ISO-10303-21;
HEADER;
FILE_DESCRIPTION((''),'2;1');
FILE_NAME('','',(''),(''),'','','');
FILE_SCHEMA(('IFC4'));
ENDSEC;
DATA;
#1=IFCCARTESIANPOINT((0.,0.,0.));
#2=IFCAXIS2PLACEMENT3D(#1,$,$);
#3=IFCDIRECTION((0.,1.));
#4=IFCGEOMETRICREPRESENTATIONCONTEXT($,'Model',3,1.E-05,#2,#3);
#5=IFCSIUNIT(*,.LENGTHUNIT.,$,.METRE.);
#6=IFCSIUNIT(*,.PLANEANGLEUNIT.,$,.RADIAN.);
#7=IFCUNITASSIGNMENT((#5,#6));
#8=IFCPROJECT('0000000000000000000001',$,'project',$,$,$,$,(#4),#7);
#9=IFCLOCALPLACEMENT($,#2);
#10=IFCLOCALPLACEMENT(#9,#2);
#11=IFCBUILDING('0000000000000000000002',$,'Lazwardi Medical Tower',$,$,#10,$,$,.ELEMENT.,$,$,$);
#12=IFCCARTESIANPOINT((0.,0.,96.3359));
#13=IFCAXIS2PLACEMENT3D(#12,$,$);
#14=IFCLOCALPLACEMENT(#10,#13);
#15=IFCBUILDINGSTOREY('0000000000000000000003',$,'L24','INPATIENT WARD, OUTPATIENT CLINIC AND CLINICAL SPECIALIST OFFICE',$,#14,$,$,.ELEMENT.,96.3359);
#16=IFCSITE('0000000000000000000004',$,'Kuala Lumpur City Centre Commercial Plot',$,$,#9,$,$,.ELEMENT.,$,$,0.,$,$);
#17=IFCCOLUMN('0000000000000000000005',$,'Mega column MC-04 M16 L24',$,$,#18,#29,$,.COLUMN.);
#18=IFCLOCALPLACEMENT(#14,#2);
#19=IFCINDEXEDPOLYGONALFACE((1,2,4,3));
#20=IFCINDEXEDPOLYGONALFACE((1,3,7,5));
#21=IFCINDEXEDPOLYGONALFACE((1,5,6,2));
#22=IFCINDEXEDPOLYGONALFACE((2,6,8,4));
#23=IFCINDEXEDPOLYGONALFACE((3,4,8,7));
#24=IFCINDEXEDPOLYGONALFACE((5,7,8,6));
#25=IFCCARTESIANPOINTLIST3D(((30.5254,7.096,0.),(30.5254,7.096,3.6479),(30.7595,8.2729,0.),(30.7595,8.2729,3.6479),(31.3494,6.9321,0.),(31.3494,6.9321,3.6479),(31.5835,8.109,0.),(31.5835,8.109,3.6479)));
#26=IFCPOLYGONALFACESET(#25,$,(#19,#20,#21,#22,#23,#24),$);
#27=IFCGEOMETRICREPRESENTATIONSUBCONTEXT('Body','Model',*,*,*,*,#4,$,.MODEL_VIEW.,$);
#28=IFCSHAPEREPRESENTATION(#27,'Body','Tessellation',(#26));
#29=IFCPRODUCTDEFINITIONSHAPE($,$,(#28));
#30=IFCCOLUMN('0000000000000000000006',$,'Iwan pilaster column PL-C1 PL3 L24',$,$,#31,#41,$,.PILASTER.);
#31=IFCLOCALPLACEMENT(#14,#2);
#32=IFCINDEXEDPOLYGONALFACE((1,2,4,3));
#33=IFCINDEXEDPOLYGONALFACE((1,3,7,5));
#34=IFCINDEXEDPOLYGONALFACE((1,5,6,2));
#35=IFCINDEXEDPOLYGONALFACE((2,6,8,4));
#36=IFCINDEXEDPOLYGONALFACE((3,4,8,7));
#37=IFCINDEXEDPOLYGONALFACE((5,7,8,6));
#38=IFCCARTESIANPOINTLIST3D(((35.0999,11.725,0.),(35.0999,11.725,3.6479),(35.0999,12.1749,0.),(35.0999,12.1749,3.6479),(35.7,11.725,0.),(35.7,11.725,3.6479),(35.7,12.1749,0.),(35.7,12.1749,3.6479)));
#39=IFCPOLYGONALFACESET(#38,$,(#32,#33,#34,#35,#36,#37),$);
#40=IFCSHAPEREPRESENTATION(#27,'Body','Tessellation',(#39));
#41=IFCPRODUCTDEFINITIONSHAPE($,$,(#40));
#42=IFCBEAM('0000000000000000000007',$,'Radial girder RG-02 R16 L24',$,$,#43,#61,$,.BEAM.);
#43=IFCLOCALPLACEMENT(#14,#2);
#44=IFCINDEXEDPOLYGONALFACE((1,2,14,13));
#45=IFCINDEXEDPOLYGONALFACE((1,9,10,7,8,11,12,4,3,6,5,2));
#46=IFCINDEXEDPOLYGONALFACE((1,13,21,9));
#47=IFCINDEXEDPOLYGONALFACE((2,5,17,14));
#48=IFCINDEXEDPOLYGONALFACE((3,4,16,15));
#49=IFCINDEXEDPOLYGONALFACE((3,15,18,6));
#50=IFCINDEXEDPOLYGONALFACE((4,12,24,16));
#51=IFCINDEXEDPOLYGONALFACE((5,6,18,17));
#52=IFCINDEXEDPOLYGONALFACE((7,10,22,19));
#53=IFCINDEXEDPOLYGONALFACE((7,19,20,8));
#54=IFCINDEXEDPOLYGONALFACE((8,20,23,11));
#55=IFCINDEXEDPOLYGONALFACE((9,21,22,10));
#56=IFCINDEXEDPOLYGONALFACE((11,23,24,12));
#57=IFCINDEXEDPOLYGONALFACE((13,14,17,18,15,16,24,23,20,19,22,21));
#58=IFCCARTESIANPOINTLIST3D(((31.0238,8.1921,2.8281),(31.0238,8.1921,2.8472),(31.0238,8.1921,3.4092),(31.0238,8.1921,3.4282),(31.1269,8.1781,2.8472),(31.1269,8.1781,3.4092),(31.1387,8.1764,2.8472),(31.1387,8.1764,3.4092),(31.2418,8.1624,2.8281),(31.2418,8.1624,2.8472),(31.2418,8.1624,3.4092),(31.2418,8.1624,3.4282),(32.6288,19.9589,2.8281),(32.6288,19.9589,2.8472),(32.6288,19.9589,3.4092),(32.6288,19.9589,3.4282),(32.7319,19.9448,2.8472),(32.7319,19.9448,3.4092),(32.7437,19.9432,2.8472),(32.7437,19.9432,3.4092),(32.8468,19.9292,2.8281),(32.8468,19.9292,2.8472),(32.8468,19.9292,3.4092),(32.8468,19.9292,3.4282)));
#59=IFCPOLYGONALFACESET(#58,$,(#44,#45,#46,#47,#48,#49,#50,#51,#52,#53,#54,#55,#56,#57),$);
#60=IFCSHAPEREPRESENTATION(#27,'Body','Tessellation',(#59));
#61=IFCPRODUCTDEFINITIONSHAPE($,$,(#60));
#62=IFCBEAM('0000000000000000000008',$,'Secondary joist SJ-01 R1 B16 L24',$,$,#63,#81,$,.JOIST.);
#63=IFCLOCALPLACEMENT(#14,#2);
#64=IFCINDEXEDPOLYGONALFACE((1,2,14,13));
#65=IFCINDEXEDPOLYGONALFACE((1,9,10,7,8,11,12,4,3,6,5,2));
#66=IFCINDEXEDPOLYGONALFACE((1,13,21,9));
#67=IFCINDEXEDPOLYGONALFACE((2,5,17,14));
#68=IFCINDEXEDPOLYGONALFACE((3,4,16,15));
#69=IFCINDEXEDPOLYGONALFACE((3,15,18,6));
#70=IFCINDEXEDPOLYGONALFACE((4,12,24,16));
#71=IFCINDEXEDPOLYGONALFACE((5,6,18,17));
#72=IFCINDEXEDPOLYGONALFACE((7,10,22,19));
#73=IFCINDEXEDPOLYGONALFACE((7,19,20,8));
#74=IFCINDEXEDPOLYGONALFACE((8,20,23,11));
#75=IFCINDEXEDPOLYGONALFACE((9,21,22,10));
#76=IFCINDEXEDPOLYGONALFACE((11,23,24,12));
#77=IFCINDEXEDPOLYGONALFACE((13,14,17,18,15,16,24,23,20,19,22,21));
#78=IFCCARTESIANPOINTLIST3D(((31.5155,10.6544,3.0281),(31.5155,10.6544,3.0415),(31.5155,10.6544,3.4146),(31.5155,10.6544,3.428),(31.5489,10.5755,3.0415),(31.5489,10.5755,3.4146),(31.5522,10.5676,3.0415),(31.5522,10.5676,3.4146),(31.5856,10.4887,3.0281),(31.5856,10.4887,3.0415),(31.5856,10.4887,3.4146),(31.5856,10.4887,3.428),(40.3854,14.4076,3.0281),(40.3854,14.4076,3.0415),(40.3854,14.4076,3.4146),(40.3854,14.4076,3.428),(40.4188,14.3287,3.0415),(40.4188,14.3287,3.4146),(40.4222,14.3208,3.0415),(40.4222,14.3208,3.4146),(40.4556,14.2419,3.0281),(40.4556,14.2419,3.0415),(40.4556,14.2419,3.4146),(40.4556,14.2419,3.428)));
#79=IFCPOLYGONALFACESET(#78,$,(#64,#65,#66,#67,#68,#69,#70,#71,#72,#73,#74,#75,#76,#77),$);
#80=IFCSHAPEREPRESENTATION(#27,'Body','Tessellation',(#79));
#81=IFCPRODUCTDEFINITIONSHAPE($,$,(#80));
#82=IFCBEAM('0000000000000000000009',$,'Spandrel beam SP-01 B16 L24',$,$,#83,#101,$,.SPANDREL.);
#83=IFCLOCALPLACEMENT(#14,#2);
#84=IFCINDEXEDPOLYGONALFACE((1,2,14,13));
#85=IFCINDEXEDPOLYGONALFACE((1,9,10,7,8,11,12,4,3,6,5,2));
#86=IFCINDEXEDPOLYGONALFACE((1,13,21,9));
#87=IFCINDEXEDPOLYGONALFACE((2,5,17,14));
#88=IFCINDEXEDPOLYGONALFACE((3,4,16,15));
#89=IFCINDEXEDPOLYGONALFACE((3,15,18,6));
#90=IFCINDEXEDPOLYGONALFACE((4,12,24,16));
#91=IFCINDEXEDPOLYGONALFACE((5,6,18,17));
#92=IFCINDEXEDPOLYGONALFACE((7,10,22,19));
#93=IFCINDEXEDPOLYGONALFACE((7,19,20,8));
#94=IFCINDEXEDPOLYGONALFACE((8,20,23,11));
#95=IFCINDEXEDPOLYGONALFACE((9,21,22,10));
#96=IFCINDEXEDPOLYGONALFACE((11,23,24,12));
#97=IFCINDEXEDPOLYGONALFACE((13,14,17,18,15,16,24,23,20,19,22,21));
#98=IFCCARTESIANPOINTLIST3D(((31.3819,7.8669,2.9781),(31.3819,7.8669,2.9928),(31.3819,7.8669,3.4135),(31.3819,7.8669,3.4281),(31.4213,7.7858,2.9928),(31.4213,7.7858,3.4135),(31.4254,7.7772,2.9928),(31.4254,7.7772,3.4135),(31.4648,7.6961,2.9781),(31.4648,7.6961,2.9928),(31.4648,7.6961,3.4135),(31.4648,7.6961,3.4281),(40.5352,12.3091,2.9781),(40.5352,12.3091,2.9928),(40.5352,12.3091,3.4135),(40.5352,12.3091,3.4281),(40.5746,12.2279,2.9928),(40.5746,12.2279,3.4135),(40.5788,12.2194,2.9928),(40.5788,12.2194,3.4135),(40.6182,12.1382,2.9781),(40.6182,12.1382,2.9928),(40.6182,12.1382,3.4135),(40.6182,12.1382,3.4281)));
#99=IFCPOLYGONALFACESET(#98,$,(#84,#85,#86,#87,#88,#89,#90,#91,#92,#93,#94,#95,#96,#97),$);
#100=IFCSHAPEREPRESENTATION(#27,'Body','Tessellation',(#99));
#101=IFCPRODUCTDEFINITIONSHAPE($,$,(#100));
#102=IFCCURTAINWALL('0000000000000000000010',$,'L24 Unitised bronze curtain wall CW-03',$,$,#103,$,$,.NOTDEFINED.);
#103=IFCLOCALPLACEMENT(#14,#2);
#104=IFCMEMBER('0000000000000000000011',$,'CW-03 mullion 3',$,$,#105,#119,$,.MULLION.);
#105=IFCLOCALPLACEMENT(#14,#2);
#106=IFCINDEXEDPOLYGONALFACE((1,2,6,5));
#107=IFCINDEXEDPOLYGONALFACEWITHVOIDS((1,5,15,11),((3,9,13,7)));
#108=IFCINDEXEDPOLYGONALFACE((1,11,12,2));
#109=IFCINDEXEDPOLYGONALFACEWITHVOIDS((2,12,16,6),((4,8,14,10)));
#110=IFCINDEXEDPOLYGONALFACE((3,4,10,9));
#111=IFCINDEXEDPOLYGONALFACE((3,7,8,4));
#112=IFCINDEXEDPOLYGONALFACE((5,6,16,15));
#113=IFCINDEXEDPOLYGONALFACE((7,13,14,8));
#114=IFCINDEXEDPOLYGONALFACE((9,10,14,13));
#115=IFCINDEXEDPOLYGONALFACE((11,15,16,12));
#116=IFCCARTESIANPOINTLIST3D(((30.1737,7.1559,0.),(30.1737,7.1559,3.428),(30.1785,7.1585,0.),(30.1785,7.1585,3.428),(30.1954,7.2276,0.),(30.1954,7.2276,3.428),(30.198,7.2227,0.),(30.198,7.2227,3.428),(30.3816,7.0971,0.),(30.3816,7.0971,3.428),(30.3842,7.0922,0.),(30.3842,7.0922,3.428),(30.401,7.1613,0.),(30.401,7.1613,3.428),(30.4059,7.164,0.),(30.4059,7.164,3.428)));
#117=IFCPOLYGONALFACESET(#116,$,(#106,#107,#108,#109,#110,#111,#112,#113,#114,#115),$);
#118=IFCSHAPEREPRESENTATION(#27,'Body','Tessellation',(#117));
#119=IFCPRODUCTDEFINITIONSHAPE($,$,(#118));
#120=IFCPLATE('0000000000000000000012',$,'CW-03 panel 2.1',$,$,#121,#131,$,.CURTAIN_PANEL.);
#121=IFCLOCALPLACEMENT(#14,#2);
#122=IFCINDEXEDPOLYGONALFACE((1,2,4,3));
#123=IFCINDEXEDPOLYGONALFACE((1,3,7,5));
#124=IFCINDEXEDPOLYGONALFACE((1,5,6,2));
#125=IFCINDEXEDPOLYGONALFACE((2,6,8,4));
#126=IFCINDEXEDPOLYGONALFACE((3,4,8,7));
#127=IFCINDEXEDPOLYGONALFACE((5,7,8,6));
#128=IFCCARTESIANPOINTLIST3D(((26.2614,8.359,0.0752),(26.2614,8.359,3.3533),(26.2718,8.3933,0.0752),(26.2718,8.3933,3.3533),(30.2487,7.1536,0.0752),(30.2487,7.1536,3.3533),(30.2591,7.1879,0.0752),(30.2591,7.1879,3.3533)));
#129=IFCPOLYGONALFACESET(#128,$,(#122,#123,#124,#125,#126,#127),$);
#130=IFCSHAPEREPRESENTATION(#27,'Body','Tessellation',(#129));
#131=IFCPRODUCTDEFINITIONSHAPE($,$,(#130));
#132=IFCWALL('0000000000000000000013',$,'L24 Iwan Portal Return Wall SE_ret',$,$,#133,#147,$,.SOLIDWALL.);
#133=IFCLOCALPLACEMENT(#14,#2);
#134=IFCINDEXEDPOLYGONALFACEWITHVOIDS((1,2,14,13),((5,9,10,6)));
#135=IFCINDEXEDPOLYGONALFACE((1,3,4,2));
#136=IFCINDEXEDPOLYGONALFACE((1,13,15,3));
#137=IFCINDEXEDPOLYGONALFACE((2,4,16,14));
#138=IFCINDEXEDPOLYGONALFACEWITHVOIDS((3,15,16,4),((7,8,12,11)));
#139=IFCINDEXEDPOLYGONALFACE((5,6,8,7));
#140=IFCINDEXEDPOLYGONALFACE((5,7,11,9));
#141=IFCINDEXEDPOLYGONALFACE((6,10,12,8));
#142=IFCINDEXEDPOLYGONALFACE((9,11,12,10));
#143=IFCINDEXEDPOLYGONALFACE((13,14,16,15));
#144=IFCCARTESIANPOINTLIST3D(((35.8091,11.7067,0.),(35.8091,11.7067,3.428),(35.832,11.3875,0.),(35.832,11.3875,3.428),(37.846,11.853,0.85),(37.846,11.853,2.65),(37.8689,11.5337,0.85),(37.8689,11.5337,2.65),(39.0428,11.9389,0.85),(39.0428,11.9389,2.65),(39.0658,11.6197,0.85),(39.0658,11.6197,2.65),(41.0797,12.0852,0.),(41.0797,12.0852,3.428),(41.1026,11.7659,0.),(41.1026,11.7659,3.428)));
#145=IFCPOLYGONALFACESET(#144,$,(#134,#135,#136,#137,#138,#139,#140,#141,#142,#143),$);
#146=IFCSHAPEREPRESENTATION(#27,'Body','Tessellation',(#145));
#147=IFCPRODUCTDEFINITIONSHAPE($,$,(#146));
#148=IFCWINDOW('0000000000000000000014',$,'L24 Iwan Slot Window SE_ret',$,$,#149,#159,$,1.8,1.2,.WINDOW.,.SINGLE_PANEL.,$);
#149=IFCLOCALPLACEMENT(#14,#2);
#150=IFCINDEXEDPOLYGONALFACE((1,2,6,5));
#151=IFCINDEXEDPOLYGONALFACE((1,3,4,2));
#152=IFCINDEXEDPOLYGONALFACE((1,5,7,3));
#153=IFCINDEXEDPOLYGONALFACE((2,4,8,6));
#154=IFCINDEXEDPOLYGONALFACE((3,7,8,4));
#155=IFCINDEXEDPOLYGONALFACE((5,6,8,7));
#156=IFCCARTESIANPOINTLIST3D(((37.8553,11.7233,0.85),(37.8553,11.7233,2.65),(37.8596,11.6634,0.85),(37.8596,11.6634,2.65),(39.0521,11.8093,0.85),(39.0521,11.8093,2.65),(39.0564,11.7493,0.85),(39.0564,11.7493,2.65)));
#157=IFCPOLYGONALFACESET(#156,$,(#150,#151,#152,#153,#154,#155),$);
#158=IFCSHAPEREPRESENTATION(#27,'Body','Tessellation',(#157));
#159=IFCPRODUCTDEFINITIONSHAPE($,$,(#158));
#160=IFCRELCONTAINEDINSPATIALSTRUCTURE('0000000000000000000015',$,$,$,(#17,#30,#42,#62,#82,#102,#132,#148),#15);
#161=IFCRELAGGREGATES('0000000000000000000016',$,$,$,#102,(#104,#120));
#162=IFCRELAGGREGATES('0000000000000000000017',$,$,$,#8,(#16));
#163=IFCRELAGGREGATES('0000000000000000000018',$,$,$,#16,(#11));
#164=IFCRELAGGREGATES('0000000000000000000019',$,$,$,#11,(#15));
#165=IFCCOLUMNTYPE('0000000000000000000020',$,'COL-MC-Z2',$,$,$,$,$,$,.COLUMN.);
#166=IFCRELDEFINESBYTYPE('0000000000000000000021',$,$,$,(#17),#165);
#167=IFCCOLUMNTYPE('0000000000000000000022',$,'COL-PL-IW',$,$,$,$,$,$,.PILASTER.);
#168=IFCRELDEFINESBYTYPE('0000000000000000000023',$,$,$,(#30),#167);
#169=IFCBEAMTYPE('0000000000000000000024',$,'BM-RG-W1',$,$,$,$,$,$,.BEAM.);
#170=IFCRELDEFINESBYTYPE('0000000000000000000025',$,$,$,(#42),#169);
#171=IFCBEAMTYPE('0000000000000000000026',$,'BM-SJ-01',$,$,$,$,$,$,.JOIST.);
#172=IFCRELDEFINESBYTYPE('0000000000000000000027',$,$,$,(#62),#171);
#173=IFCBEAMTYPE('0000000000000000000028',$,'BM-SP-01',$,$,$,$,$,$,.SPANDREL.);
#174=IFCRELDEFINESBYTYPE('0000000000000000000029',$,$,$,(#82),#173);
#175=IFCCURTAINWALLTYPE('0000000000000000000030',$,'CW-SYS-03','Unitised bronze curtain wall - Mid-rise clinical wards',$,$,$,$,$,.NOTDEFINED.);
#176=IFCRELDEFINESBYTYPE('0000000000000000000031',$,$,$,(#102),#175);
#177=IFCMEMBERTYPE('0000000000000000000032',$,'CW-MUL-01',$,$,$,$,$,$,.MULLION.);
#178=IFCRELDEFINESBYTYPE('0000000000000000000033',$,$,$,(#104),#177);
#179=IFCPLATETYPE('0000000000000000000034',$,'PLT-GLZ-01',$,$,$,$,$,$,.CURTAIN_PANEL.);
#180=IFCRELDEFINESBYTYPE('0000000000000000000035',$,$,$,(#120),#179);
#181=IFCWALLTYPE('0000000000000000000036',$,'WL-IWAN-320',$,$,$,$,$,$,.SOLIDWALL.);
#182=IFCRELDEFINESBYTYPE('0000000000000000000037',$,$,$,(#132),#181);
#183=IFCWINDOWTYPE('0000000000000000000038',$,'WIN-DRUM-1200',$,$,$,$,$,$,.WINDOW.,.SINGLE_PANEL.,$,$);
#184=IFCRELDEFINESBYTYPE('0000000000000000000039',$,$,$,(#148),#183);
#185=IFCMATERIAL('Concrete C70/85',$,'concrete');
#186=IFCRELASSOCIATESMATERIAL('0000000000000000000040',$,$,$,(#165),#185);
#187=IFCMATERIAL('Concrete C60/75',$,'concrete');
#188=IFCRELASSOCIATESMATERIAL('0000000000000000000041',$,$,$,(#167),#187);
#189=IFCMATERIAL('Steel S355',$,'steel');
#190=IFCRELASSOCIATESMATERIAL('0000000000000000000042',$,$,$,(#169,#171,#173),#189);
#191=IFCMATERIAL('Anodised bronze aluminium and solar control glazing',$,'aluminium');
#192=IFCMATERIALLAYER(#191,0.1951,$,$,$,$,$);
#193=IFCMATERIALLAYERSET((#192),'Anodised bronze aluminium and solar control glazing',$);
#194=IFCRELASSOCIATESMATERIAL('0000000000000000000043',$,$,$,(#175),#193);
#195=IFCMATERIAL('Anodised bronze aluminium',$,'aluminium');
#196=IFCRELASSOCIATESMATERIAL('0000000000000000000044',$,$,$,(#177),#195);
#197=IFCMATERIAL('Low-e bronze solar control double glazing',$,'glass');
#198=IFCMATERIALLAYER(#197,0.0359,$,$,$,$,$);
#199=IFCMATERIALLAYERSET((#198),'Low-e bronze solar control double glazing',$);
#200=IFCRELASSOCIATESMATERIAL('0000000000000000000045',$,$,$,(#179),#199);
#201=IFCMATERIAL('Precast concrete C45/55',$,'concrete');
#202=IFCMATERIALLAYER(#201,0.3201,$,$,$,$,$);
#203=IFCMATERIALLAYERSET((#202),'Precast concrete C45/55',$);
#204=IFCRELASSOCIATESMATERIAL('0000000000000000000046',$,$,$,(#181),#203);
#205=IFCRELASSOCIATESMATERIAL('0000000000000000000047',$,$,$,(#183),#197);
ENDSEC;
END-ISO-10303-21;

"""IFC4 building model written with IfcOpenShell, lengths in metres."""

from ifc_helpers import new_model, si_unit, direction, frame, frame_2d, origin, origin_2d, place, context, subcontext, project, spatial, rectangle, hollow_rectangle, i_section, extrude, material, layer, layer_set, material_profile, profile_set, type_object, element, fill, aggregate, save


model = new_model("IFC4")

# Units and contexts
model_context = context("Model", 3, precision=1e-05, world=origin(), true_north=direction((0.0, 1.0)))
body_context = subcontext(model_context, "Body", "Model", "MODEL_VIEW")
ifc_project = project(units=[si_unit("LENGTHUNIT", "METRE"), si_unit("PLANEANGLEUNIT", "RADIAN")], contexts=[model_context])

# Site, building, storey
site_placement = place(None, origin())
site = spatial("IfcSite", under=ifc_project, at=site_placement, Name="Kuala Lumpur City Centre Commercial Plot", CompositionType="ELEMENT", RefElevation=0.0)
building_placement = place(site_placement, origin())
building = spatial("IfcBuilding", under=site, at=building_placement, Name="Lazwardi Medical Tower", CompositionType="ELEMENT")
storey_placement = place(building_placement, frame((0.0, 0.0, 96.3359)))
storey = spatial("IfcBuildingStorey", under=building, at=storey_placement, Name="L24", Description="INPATIENT WARD, OUTPATIENT CLINIC AND CLINICAL SPECIALIST OFFICE", CompositionType="ELEMENT", Elevation=96.3359)

# Columns
ifc_material_1 = material(Name="Concrete C70/85", Category="concrete")
ifc_material_profile_1 = material_profile(ifc_material_1, rectangle(XDim=1.2, YDim=0.8401, at=origin_2d()), Name="CFT-RECT 1200x840")
ifc_profile_set_1 = profile_set([ifc_material_profile_1], Name="Concrete C70/85")
column_type_1 = type_object("IfcColumnType", Name="COL-MC-Z2", PredefinedType="COLUMN", material=ifc_profile_set_1)
column_1_placement = place(storey_placement, frame((31.0544, 7.6025, 0.0), z_axis=(0.0, 0.0, 1.0), x_axis=(-0.19509, -0.980785, 0.0)))
element("IfcColumn", 1, at=column_1_placement, inside=storey, type_object=column_type_1, Name="Mega column MC-04 M16 L24", PredefinedType="COLUMN", context=body_context, shape_type="SweptSolid", body=[
    extrude(rectangle(XDim=1.2, YDim=0.8401, at=origin_2d()), origin(), (0.0, 0.0, 1.0), 3.6479),
])
ifc_material_2 = material(Name="Concrete C60/75", Category="concrete")
ifc_material_profile_2 = material_profile(ifc_material_2, rectangle(XDim=0.6001, YDim=0.45, at=origin_2d()), Name="RC 600x450")
ifc_profile_set_2 = profile_set([ifc_material_profile_2], Name="Concrete C60/75")
column_type_2 = type_object("IfcColumnType", Name="COL-PL-IW", PredefinedType="PILASTER", material=ifc_profile_set_2)
column_2_placement = place(storey_placement, frame((35.3999, 11.95, 0.0), z_axis=(0.0, 0.0, 1.0), x_axis=(1.0, 0.0, 0.0)))
element("IfcColumn", 2, at=column_2_placement, inside=storey, type_object=column_type_2, Name="Iwan pilaster column PL-C1 PL3 L24", PredefinedType="PILASTER", context=body_context, shape_type="SweptSolid", body=[
    extrude(rectangle(XDim=0.6001, YDim=0.45, at=origin_2d()), origin(), (0.0, 0.0, 1.0), 3.6479),
])

# Beams
ifc_material_3 = material(Name="Steel S355", Category="steel")
ifc_material_profile_3 = material_profile(ifc_material_3, i_section(OverallWidth=0.22, OverallDepth=0.6001, WebThickness=0.012, FlangeThickness=0.019, at=origin_2d()), Name="IPE 600")
ifc_profile_set_3 = profile_set([ifc_material_profile_3], Name="Steel S355")
beam_type_1 = type_object("IfcBeamType", Name="BM-RG-W1", PredefinedType="BEAM", material=ifc_profile_set_3)
beam_1_placement = place(storey_placement, frame((31.1328, 8.1772, 3.1282), z_axis=(0.135147, 0.990826, 0.0), x_axis=(-0.990826, 0.135147, 0.0)))
element("IfcBeam", 3, at=beam_1_placement, inside=storey, type_object=beam_type_1, Name="Radial girder RG-02 R16 L24", PredefinedType="BEAM", context=body_context, shape_type="SweptSolid", body=[
    extrude(i_section(OverallWidth=0.22, OverallDepth=0.6001, WebThickness=0.012, FlangeThickness=0.019, at=origin_2d()), origin(), (0.0, 0.0, 1.0), 11.8757),
])
ifc_material_profile_4 = material_profile(ifc_material_3, i_section(OverallWidth=0.1799, OverallDepth=0.3999, WebThickness=0.0085, FlangeThickness=0.0134, at=origin_2d()), Name="IPE 400")
ifc_profile_set_4 = profile_set([ifc_material_profile_4], Name="Steel S355")
beam_type_2 = type_object("IfcBeamType", Name="BM-SJ-01", PredefinedType="JOIST", material=ifc_profile_set_4)
beam_2_placement = place(storey_placement, frame((31.5505, 10.5715, 3.228), z_axis=(0.920947, 0.389687, 0.0), x_axis=(-0.389687, 0.920947, 0.0)))
element("IfcBeam", 4, at=beam_2_placement, inside=storey, type_object=beam_type_2, Name="Secondary joist SJ-01 R1 B16 L24", PredefinedType="JOIST", context=body_context, shape_type="SweptSolid", body=[
    extrude(i_section(OverallWidth=0.1799, OverallDepth=0.3999, WebThickness=0.0085, FlangeThickness=0.0134, at=origin_2d()), origin(), (0.0, 0.0, 1.0), 9.6313),
])
ifc_material_profile_5 = material_profile(ifc_material_3, i_section(OverallWidth=0.1899, OverallDepth=0.45, WebThickness=0.0095, FlangeThickness=0.0146, at=origin_2d()), Name="IPE 450")
ifc_profile_set_5 = profile_set([ifc_material_profile_5], Name="Steel S355")
beam_type_3 = type_object("IfcBeamType", Name="BM-SP-01", PredefinedType="SPANDREL", material=ifc_profile_set_5)
beam_3_placement = place(storey_placement, frame((31.4233, 7.7815, 3.2031), z_axis=(0.899653, 0.436605, 0.0), x_axis=(-0.436605, 0.899653, 0.0)))
element("IfcBeam", 5, at=beam_3_placement, inside=storey, type_object=beam_type_3, Name="Spandrel beam SP-01 B16 L24", PredefinedType="SPANDREL", context=body_context, shape_type="SweptSolid", body=[
    extrude(i_section(OverallWidth=0.1899, OverallDepth=0.45, WebThickness=0.0095, FlangeThickness=0.0146, at=origin_2d()), origin(), (0.0, 0.0, 1.0), 10.1743),
])

# Curtain wall, member, plate
ifc_material_4 = material(Name="Anodised bronze aluminium and solar control glazing", Category="aluminium")
ifc_layer_1 = layer(ifc_material_4, 0.1951)
ifc_layer_set_1 = layer_set([ifc_layer_1], Name="Anodised bronze aluminium and solar control glazing")
curtain_wall_type = type_object("IfcCurtainWallType", Name="CW-SYS-03", Description="Unitised bronze curtain wall - Mid-rise clinical wards", PredefinedType="NOTDEFINED", material=ifc_layer_set_1)
curtain_wall_placement = place(storey_placement, origin())
curtain_wall = element("IfcCurtainWall", 6, at=curtain_wall_placement, inside=storey, type_object=curtain_wall_type, Name="L24 Unitised bronze curtain wall CW-03", PredefinedType="NOTDEFINED")
ifc_material_5 = material(Name="Anodised bronze aluminium", Category="aluminium")
ifc_material_profile_6 = material_profile(ifc_material_5, hollow_rectangle(XDim=0.075, YDim=0.22, WallThickness=0.0039, at=origin_2d()), Name="ALU-MULLION 220x75x4")
ifc_profile_set_6 = profile_set([ifc_material_profile_6], Name="Anodised bronze aluminium")
member_type = type_object("IfcMemberType", Name="CW-MUL-01", PredefinedType="MULLION", material=ifc_profile_set_6)
member_placement = place(storey_placement, frame((30.2898, 7.1599, 0.0), z_axis=(0.0, 0.0, 1.0), x_axis=(0.289374, 0.957216, 0.0)))
member = element("IfcMember", 7, at=member_placement, type_object=member_type, Name="CW-03 mullion 3", PredefinedType="MULLION", context=body_context, shape_type="SweptSolid", body=[
    extrude(hollow_rectangle(XDim=0.075, YDim=0.22, WallThickness=0.0039, at=origin_2d()), origin(), (0.0, 0.0, 1.0), 3.428),
])
ifc_material_6 = material(Name="Low-e bronze solar control double glazing", Category="glass")
ifc_layer_2 = layer(ifc_material_6, 0.0359)
ifc_layer_set_2 = layer_set([ifc_layer_2], Name="Low-e bronze solar control double glazing")
plate_type = type_object("IfcPlateType", Name="PLT-GLZ-01", PredefinedType="CURTAIN_PANEL", material=ifc_layer_set_2)
plate_placement = place(storey_placement, frame((28.2603, 7.7734, 0.0752), z_axis=(0.0, 0.0, 1.0), x_axis=(0.957216, -0.289374, 0.0)))
plate = element("IfcPlate", 8, at=plate_placement, type_object=plate_type, Name="CW-03 panel 2.1", PredefinedType="CURTAIN_PANEL", context=body_context, shape_type="SweptSolid", body=[
    extrude(rectangle(XDim=4.1655, YDim=0.0359, at=origin_2d()), origin(), (0.0, 0.0, 1.0), 3.2781),
])
aggregate(curtain_wall, [member, plate])

# Wall, opening, window
ifc_material_7 = material(Name="Precast concrete C45/55", Category="concrete")
ifc_layer_3 = layer(ifc_material_7, 0.3201)
ifc_layer_set_3 = layer_set([ifc_layer_3], Name="Precast concrete C45/55")
wall_type_1 = type_object("IfcWallType", Name="WL-IWAN-320", PredefinedType="SOLIDWALL", material=ifc_layer_set_3)
wall_1_placement = place(storey_placement, frame((35.8206, 11.5471, 0.0), z_axis=(0.0, 0.0, 1.0), x_axis=(0.997432, 0.071615, 0.0)))
wall_1 = element("IfcWall", 9, at=wall_1_placement, inside=storey, type_object=wall_type_1, Name="L24 Iwan Portal Return Wall SE_ret", PredefinedType="SOLIDWALL", context=body_context, shape_type="SweptSolid", body=[
    extrude(rectangle(XDim=5.2842, YDim=0.3201, at=frame_2d((2.6421, 0.0))), origin(), (0.0, 0.0, 1.0), 3.428),
])
opening_1_placement = place(wall_1_placement, frame((2.042, 0.0, 0.8501)))
opening_1 = element("IfcOpeningElement", 10, at=opening_1_placement, cuts=wall_1, PredefinedType="OPENING", context=body_context, shape_type="SweptSolid", body=[
    extrude(rectangle(XDim=1.2, YDim=1.8, at=frame_2d((0.6001, 0.8999))), frame((0.0, 0.1699, 0.0), z_axis=(0.0, -1.0, 0.0), x_axis=(1.0, 0.0, 0.0)), (0.0, 0.0, 1.0), 0.3401),
])
window_type_1 = type_object("IfcWindowType", Name="WIN-DRUM-1200", PartitioningType="SINGLE_PANEL", PredefinedType="WINDOW", material=ifc_material_6)
window_1_placement = place(opening_1_placement, origin())
window_1 = element("IfcWindow", 11, at=window_1_placement, inside=storey, type_object=window_type_1, Name="L24 Iwan Slot Window SE_ret", OverallHeight=1.8, OverallWidth=1.2, PartitioningType="SINGLE_PANEL", PredefinedType="WINDOW", context=body_context, shape_type="SweptSolid", body=[
    extrude(rectangle(XDim=1.2, YDim=1.8, at=frame_2d((0.6001, 0.8999))), frame((0.0, 0.03, 0.0), z_axis=(0.0, -1.0, 0.0), x_axis=(1.0, 0.0, 0.0)), (0.0, 0.0, 1.0), 0.0601),
])
fill(opening_1, window_1)

save(model, "model.ifc")
